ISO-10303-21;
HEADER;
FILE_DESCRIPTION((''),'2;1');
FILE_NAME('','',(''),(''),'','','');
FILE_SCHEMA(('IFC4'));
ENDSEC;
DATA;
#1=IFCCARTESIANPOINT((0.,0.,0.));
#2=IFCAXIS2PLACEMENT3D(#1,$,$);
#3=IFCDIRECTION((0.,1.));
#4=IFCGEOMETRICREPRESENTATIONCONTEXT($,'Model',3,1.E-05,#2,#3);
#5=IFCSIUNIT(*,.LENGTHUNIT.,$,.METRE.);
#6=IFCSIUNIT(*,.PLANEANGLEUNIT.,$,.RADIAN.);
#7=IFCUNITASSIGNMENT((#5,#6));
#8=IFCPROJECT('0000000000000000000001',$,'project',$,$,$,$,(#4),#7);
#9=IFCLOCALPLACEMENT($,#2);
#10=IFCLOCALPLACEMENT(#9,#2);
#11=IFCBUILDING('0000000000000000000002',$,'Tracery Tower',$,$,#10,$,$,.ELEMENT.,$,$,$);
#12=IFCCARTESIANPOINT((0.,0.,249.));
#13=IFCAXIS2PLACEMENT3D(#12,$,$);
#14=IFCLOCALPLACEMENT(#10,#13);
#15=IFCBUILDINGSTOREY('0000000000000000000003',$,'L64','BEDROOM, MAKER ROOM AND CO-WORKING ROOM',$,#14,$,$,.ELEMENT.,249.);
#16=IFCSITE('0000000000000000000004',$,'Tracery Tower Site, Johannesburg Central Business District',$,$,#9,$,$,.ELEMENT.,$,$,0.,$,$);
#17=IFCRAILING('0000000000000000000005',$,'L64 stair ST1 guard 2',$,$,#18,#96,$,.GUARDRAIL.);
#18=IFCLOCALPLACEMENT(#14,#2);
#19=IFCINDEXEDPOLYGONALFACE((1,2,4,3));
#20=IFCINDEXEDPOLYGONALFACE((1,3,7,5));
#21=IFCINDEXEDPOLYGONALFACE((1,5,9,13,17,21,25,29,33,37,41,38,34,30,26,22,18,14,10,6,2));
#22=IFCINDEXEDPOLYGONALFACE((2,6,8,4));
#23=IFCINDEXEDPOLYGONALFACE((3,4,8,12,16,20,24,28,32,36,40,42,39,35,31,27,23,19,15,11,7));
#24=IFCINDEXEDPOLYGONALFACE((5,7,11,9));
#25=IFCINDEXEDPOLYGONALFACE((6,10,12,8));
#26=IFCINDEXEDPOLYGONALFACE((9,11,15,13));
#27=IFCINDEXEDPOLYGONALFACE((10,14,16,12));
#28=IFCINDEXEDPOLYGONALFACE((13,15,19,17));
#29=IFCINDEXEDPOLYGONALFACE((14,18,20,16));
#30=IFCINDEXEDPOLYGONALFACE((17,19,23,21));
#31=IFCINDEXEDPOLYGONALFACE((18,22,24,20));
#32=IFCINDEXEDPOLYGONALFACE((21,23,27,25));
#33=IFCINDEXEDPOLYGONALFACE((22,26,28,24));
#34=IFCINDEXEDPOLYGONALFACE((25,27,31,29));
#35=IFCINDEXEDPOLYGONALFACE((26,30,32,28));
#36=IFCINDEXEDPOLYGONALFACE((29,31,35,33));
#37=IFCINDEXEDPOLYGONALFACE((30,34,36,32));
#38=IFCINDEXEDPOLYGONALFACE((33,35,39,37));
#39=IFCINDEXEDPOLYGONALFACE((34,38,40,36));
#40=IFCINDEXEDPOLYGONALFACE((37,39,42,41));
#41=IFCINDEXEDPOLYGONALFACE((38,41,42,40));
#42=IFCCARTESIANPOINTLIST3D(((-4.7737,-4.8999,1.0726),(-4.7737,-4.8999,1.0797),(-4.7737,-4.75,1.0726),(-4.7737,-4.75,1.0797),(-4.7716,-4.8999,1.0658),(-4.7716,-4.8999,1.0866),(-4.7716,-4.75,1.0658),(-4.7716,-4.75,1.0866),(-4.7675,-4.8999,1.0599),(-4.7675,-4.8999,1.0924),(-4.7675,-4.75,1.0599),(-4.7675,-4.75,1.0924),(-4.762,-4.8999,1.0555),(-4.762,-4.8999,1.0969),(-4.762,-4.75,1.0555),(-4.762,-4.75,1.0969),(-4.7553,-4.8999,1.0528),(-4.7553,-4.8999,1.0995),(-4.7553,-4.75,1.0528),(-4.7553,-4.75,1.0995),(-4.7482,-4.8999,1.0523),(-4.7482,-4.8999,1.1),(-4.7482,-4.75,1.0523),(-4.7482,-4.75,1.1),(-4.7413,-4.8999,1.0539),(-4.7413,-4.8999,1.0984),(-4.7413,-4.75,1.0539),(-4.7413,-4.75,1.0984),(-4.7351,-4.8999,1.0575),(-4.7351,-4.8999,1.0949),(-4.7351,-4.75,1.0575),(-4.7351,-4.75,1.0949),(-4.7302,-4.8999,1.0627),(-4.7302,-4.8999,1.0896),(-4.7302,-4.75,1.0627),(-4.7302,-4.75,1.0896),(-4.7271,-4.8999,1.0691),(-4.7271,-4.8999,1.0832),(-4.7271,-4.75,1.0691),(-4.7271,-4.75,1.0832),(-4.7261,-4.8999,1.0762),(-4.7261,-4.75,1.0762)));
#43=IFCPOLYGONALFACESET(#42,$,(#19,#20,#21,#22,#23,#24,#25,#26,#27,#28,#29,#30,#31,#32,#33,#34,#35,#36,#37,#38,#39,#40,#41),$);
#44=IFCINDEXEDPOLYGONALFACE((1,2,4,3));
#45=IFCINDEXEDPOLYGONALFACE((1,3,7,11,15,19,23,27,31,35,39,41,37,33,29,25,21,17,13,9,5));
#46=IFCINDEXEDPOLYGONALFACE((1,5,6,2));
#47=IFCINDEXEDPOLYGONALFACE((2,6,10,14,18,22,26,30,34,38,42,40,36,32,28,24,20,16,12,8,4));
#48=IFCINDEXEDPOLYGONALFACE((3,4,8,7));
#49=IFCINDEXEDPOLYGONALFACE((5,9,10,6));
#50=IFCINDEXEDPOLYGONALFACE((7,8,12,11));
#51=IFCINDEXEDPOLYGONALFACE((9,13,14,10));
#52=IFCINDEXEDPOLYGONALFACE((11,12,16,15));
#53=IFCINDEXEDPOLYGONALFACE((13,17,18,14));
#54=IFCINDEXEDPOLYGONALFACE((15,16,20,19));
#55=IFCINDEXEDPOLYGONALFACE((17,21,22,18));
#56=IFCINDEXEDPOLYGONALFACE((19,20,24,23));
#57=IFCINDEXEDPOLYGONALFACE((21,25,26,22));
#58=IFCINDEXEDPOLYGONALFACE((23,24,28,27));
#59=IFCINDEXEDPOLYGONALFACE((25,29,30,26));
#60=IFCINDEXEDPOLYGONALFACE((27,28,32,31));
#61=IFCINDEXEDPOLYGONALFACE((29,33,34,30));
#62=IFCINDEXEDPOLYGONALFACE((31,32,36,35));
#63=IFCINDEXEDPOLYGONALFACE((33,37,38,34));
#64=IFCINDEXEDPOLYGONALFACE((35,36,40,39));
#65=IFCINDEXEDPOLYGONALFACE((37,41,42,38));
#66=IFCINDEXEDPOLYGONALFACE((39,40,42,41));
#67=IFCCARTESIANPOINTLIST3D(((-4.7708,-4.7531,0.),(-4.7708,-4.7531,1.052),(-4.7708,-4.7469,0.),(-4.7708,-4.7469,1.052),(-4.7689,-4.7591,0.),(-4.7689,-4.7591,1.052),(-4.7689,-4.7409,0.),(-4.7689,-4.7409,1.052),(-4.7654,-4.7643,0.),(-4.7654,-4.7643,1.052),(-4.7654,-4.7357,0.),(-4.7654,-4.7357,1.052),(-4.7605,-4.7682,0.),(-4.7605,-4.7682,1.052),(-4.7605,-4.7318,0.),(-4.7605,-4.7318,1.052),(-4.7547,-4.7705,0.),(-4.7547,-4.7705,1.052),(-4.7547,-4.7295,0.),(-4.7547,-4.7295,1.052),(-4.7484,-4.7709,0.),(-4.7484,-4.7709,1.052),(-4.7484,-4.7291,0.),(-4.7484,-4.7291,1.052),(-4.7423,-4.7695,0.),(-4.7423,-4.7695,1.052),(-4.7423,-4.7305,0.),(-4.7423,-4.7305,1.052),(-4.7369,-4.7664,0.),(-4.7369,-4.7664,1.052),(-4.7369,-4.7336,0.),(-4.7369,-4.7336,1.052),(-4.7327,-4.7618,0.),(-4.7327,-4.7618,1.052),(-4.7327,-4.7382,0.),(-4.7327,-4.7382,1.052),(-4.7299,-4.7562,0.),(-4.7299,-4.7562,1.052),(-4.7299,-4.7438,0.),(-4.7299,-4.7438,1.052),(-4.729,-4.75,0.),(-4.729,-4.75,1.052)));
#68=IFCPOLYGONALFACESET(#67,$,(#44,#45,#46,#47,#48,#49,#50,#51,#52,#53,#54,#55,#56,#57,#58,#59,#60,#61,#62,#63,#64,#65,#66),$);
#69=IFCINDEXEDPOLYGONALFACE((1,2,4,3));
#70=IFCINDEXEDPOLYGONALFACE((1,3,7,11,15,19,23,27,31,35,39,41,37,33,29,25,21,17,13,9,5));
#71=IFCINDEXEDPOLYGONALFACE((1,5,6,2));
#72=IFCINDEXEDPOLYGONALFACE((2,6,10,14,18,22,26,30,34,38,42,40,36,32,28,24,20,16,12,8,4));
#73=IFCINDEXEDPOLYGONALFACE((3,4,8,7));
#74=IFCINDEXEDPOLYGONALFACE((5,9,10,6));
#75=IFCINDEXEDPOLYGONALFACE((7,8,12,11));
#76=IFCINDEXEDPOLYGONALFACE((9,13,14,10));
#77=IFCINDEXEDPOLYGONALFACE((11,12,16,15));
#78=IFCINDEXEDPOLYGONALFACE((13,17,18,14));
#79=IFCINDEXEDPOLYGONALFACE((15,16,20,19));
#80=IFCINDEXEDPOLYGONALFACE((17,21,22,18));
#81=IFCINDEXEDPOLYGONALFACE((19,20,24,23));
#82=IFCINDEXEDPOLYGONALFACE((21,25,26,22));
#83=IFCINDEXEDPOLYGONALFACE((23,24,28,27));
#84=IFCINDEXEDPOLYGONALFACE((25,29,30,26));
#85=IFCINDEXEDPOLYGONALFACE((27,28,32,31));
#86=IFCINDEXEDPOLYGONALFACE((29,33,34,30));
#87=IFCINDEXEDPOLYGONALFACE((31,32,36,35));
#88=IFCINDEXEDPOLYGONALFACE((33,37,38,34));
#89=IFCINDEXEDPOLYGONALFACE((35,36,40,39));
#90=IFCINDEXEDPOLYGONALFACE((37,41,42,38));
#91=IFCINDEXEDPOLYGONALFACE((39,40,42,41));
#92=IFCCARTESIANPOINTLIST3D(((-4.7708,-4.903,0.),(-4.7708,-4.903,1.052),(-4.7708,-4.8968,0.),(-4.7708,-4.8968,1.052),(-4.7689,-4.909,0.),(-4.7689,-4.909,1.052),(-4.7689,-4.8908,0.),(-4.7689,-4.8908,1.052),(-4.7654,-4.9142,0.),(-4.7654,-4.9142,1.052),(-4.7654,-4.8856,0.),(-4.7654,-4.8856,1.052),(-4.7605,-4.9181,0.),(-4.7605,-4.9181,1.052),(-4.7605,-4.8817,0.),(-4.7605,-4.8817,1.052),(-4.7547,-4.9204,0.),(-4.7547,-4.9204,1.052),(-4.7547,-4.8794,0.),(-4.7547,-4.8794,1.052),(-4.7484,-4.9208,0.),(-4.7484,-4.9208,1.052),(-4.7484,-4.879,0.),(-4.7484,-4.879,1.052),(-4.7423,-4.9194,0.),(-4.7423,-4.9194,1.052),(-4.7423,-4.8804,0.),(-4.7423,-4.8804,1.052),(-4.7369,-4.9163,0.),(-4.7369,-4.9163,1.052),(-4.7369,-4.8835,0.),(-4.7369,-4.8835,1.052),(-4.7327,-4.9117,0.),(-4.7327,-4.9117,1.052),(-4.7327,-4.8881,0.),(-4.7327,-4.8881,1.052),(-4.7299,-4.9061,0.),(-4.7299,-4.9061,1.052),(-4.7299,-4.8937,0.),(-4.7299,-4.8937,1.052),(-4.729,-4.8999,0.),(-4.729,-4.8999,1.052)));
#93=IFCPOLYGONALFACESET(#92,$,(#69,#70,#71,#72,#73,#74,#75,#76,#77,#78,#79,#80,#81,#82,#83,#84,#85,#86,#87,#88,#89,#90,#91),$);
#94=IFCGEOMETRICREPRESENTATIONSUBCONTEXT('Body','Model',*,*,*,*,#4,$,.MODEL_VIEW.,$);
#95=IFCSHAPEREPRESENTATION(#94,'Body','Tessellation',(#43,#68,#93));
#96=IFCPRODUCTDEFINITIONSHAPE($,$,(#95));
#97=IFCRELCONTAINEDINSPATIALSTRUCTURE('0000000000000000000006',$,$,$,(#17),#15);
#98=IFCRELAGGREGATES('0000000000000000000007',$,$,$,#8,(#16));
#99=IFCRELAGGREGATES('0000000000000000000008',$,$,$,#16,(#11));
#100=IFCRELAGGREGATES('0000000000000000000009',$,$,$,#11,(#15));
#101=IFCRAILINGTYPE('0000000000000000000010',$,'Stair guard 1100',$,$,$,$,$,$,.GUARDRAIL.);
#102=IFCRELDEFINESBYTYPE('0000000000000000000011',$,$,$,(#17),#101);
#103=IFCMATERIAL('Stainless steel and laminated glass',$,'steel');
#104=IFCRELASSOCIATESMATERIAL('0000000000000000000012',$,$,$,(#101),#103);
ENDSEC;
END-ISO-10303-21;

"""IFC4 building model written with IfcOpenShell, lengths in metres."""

from ifc_helpers import new_model, si_unit, direction, frame, origin, origin_2d, place, context, subcontext, project, spatial, circle, extrude, material, type_object, element, save


model = new_model("IFC4")

# Units and contexts
model_context = context("Model", 3, precision=1e-05, world=origin(), true_north=direction((0.0, 1.0)))
body_context = subcontext(model_context, "Body", "Model", "MODEL_VIEW")
ifc_project = project(units=[si_unit("LENGTHUNIT", "METRE"), si_unit("PLANEANGLEUNIT", "RADIAN")], contexts=[model_context])

# Site, building, storey
site_placement = place(None, origin())
site = spatial("IfcSite", under=ifc_project, at=site_placement, Name="Tracery Tower Site, Johannesburg Central Business District", CompositionType="ELEMENT", RefElevation=0.0)
building_placement = place(site_placement, origin())
building = spatial("IfcBuilding", under=site, at=building_placement, Name="Tracery Tower", CompositionType="ELEMENT")
storey_placement = place(building_placement, frame((0.0, 0.0, 249.0)))
storey = spatial("IfcBuildingStorey", under=building, at=storey_placement, Name="L64", Description="BEDROOM, MAKER ROOM AND CO-WORKING ROOM", CompositionType="ELEMENT", Elevation=249.0)

# Railing
ifc_material_1 = material(Name="Stainless steel and laminated glass", Category="steel")
railing_type_1 = type_object("IfcRailingType", Name="Stair guard 1100", PredefinedType="GUARDRAIL", material=ifc_material_1)
railing_1_placement = place(storey_placement, frame((-4.75, -4.75, 0.0)))
element("IfcRailing", 1, at=railing_1_placement, inside=storey, type_object=railing_type_1, Name="L64 stair ST1 guard 2", PredefinedType="GUARDRAIL", context=body_context, shape_type="SweptSolid", body=[
    extrude(circle(Radius=0.0239, at=origin_2d()), frame((0.0, 0.0, 1.0762), z_axis=(0.0, -1.0, 0.0), x_axis=(1.0, 0.0, 0.0)), (0.0, 0.0, 1.0), 0.1499),
    extrude(circle(Radius=0.021, at=origin_2d()), origin(), (0.0, 0.0, 1.0), 1.052),
    extrude(circle(Radius=0.021, at=origin_2d()), frame((0.0, -0.1499, 0.0)), (0.0, 0.0, 1.0), 1.052),
])

save(model, "model.ifc")
